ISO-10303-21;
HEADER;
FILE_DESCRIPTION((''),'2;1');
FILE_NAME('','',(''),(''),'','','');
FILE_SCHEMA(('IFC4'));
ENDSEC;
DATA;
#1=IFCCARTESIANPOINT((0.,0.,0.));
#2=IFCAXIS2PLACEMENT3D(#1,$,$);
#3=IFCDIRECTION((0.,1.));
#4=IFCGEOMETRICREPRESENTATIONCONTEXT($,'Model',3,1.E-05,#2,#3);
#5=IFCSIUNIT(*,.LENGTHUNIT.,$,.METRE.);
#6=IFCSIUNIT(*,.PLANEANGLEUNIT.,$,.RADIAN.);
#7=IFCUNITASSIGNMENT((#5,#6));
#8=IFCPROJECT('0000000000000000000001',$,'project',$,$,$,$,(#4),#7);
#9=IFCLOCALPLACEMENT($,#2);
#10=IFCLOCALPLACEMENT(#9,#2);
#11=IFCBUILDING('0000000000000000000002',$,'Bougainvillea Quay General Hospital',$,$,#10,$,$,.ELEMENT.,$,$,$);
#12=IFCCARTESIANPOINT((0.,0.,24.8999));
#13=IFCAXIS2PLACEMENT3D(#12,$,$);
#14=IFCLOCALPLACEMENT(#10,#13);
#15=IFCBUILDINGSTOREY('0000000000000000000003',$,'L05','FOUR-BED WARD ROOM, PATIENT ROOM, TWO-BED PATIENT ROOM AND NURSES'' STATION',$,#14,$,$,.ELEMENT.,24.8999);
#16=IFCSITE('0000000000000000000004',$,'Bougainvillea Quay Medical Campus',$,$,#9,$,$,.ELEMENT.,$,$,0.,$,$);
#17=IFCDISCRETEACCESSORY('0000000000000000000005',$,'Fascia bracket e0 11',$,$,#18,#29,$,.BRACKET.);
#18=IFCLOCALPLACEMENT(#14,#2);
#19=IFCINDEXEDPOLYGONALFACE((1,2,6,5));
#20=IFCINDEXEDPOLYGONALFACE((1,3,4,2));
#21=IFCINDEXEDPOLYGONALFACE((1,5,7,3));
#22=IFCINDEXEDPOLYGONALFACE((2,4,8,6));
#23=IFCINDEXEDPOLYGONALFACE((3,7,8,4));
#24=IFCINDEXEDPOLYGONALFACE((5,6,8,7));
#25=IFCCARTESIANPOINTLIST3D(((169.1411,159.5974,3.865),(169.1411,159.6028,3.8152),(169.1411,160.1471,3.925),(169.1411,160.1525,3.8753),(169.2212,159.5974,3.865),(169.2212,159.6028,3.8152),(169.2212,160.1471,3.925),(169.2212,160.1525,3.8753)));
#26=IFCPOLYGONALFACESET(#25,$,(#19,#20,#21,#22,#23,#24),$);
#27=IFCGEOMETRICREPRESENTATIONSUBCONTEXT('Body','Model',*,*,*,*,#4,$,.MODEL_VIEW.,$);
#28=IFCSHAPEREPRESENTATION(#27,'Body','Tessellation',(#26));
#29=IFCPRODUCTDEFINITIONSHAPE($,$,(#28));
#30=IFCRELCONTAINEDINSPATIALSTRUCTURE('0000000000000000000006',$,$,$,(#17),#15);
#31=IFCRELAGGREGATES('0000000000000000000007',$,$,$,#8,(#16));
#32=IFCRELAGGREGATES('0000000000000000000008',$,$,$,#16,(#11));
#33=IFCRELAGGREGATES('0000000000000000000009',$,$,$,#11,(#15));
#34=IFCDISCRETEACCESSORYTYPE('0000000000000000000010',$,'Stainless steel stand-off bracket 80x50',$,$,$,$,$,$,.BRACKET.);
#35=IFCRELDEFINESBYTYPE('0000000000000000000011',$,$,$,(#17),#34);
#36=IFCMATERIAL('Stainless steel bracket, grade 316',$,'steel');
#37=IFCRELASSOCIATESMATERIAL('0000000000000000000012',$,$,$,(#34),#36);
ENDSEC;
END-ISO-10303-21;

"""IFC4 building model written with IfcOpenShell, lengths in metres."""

from ifc_helpers import new_model, si_unit, direction, frame, origin, origin_2d, place, context, subcontext, project, spatial, rectangle, extrude, material, material_profile, profile_set, type_object, element, save


model = new_model("IFC4")

# Units and contexts
model_context = context("Model", 3, precision=1e-05, world=origin(), true_north=direction((0.0, 1.0)))
body_context = subcontext(model_context, "Body", "Model", "MODEL_VIEW")
ifc_project = project(units=[si_unit("LENGTHUNIT", "METRE"), si_unit("PLANEANGLEUNIT", "RADIAN")], contexts=[model_context])

# Site, building, storey
site_placement = place(None, origin())
site = spatial("IfcSite", under=ifc_project, at=site_placement, Name="Bougainvillea Quay Medical Campus", CompositionType="ELEMENT", RefElevation=0.0)
building_placement = place(site_placement, origin())
building = spatial("IfcBuilding", under=site, at=building_placement, Name="Bougainvillea Quay General Hospital", CompositionType="ELEMENT")
storey_placement = place(building_placement, frame((0.0, 0.0, 24.8999)))
storey = spatial("IfcBuildingStorey", under=building, at=storey_placement, Name="L05", Description="FOUR-BED WARD ROOM, PATIENT ROOM, TWO-BED PATIENT ROOM AND NURSES' STATION", CompositionType="ELEMENT", Elevation=24.8999)

# Discrete accessory
ifc_material_1 = material(Name="Stainless steel bracket, grade 316", Category="steel")
ifc_material_profile_1 = material_profile(ifc_material_1, rectangle(XDim=0.0801, YDim=0.05, at=origin_2d()))
ifc_profile_set_1 = profile_set([ifc_material_profile_1], Name="Stainless steel bracket, grade 316")
discrete_accessory_type = type_object("IfcDiscreteAccessoryType", Name="Stainless steel stand-off bracket 80x50", PredefinedType="BRACKET", material=ifc_profile_set_1)
discrete_accessory_placement = place(storey_placement, frame((169.1812, 159.6001, 3.8401), z_axis=(0.0, 0.994087, 0.10859), x_axis=(-1.0, 0.0, 0.0)))
element("IfcDiscreteAccessory", 1, at=discrete_accessory_placement, inside=storey, type_object=discrete_accessory_type, Name="Fascia bracket e0 11", PredefinedType="BRACKET", context=body_context, shape_type="SweptSolid", body=[
    extrude(rectangle(XDim=0.0801, YDim=0.05, at=origin_2d()), origin(), (0.0, 0.0, 1.0), 0.553),
])

save(model, "model.ifc")
